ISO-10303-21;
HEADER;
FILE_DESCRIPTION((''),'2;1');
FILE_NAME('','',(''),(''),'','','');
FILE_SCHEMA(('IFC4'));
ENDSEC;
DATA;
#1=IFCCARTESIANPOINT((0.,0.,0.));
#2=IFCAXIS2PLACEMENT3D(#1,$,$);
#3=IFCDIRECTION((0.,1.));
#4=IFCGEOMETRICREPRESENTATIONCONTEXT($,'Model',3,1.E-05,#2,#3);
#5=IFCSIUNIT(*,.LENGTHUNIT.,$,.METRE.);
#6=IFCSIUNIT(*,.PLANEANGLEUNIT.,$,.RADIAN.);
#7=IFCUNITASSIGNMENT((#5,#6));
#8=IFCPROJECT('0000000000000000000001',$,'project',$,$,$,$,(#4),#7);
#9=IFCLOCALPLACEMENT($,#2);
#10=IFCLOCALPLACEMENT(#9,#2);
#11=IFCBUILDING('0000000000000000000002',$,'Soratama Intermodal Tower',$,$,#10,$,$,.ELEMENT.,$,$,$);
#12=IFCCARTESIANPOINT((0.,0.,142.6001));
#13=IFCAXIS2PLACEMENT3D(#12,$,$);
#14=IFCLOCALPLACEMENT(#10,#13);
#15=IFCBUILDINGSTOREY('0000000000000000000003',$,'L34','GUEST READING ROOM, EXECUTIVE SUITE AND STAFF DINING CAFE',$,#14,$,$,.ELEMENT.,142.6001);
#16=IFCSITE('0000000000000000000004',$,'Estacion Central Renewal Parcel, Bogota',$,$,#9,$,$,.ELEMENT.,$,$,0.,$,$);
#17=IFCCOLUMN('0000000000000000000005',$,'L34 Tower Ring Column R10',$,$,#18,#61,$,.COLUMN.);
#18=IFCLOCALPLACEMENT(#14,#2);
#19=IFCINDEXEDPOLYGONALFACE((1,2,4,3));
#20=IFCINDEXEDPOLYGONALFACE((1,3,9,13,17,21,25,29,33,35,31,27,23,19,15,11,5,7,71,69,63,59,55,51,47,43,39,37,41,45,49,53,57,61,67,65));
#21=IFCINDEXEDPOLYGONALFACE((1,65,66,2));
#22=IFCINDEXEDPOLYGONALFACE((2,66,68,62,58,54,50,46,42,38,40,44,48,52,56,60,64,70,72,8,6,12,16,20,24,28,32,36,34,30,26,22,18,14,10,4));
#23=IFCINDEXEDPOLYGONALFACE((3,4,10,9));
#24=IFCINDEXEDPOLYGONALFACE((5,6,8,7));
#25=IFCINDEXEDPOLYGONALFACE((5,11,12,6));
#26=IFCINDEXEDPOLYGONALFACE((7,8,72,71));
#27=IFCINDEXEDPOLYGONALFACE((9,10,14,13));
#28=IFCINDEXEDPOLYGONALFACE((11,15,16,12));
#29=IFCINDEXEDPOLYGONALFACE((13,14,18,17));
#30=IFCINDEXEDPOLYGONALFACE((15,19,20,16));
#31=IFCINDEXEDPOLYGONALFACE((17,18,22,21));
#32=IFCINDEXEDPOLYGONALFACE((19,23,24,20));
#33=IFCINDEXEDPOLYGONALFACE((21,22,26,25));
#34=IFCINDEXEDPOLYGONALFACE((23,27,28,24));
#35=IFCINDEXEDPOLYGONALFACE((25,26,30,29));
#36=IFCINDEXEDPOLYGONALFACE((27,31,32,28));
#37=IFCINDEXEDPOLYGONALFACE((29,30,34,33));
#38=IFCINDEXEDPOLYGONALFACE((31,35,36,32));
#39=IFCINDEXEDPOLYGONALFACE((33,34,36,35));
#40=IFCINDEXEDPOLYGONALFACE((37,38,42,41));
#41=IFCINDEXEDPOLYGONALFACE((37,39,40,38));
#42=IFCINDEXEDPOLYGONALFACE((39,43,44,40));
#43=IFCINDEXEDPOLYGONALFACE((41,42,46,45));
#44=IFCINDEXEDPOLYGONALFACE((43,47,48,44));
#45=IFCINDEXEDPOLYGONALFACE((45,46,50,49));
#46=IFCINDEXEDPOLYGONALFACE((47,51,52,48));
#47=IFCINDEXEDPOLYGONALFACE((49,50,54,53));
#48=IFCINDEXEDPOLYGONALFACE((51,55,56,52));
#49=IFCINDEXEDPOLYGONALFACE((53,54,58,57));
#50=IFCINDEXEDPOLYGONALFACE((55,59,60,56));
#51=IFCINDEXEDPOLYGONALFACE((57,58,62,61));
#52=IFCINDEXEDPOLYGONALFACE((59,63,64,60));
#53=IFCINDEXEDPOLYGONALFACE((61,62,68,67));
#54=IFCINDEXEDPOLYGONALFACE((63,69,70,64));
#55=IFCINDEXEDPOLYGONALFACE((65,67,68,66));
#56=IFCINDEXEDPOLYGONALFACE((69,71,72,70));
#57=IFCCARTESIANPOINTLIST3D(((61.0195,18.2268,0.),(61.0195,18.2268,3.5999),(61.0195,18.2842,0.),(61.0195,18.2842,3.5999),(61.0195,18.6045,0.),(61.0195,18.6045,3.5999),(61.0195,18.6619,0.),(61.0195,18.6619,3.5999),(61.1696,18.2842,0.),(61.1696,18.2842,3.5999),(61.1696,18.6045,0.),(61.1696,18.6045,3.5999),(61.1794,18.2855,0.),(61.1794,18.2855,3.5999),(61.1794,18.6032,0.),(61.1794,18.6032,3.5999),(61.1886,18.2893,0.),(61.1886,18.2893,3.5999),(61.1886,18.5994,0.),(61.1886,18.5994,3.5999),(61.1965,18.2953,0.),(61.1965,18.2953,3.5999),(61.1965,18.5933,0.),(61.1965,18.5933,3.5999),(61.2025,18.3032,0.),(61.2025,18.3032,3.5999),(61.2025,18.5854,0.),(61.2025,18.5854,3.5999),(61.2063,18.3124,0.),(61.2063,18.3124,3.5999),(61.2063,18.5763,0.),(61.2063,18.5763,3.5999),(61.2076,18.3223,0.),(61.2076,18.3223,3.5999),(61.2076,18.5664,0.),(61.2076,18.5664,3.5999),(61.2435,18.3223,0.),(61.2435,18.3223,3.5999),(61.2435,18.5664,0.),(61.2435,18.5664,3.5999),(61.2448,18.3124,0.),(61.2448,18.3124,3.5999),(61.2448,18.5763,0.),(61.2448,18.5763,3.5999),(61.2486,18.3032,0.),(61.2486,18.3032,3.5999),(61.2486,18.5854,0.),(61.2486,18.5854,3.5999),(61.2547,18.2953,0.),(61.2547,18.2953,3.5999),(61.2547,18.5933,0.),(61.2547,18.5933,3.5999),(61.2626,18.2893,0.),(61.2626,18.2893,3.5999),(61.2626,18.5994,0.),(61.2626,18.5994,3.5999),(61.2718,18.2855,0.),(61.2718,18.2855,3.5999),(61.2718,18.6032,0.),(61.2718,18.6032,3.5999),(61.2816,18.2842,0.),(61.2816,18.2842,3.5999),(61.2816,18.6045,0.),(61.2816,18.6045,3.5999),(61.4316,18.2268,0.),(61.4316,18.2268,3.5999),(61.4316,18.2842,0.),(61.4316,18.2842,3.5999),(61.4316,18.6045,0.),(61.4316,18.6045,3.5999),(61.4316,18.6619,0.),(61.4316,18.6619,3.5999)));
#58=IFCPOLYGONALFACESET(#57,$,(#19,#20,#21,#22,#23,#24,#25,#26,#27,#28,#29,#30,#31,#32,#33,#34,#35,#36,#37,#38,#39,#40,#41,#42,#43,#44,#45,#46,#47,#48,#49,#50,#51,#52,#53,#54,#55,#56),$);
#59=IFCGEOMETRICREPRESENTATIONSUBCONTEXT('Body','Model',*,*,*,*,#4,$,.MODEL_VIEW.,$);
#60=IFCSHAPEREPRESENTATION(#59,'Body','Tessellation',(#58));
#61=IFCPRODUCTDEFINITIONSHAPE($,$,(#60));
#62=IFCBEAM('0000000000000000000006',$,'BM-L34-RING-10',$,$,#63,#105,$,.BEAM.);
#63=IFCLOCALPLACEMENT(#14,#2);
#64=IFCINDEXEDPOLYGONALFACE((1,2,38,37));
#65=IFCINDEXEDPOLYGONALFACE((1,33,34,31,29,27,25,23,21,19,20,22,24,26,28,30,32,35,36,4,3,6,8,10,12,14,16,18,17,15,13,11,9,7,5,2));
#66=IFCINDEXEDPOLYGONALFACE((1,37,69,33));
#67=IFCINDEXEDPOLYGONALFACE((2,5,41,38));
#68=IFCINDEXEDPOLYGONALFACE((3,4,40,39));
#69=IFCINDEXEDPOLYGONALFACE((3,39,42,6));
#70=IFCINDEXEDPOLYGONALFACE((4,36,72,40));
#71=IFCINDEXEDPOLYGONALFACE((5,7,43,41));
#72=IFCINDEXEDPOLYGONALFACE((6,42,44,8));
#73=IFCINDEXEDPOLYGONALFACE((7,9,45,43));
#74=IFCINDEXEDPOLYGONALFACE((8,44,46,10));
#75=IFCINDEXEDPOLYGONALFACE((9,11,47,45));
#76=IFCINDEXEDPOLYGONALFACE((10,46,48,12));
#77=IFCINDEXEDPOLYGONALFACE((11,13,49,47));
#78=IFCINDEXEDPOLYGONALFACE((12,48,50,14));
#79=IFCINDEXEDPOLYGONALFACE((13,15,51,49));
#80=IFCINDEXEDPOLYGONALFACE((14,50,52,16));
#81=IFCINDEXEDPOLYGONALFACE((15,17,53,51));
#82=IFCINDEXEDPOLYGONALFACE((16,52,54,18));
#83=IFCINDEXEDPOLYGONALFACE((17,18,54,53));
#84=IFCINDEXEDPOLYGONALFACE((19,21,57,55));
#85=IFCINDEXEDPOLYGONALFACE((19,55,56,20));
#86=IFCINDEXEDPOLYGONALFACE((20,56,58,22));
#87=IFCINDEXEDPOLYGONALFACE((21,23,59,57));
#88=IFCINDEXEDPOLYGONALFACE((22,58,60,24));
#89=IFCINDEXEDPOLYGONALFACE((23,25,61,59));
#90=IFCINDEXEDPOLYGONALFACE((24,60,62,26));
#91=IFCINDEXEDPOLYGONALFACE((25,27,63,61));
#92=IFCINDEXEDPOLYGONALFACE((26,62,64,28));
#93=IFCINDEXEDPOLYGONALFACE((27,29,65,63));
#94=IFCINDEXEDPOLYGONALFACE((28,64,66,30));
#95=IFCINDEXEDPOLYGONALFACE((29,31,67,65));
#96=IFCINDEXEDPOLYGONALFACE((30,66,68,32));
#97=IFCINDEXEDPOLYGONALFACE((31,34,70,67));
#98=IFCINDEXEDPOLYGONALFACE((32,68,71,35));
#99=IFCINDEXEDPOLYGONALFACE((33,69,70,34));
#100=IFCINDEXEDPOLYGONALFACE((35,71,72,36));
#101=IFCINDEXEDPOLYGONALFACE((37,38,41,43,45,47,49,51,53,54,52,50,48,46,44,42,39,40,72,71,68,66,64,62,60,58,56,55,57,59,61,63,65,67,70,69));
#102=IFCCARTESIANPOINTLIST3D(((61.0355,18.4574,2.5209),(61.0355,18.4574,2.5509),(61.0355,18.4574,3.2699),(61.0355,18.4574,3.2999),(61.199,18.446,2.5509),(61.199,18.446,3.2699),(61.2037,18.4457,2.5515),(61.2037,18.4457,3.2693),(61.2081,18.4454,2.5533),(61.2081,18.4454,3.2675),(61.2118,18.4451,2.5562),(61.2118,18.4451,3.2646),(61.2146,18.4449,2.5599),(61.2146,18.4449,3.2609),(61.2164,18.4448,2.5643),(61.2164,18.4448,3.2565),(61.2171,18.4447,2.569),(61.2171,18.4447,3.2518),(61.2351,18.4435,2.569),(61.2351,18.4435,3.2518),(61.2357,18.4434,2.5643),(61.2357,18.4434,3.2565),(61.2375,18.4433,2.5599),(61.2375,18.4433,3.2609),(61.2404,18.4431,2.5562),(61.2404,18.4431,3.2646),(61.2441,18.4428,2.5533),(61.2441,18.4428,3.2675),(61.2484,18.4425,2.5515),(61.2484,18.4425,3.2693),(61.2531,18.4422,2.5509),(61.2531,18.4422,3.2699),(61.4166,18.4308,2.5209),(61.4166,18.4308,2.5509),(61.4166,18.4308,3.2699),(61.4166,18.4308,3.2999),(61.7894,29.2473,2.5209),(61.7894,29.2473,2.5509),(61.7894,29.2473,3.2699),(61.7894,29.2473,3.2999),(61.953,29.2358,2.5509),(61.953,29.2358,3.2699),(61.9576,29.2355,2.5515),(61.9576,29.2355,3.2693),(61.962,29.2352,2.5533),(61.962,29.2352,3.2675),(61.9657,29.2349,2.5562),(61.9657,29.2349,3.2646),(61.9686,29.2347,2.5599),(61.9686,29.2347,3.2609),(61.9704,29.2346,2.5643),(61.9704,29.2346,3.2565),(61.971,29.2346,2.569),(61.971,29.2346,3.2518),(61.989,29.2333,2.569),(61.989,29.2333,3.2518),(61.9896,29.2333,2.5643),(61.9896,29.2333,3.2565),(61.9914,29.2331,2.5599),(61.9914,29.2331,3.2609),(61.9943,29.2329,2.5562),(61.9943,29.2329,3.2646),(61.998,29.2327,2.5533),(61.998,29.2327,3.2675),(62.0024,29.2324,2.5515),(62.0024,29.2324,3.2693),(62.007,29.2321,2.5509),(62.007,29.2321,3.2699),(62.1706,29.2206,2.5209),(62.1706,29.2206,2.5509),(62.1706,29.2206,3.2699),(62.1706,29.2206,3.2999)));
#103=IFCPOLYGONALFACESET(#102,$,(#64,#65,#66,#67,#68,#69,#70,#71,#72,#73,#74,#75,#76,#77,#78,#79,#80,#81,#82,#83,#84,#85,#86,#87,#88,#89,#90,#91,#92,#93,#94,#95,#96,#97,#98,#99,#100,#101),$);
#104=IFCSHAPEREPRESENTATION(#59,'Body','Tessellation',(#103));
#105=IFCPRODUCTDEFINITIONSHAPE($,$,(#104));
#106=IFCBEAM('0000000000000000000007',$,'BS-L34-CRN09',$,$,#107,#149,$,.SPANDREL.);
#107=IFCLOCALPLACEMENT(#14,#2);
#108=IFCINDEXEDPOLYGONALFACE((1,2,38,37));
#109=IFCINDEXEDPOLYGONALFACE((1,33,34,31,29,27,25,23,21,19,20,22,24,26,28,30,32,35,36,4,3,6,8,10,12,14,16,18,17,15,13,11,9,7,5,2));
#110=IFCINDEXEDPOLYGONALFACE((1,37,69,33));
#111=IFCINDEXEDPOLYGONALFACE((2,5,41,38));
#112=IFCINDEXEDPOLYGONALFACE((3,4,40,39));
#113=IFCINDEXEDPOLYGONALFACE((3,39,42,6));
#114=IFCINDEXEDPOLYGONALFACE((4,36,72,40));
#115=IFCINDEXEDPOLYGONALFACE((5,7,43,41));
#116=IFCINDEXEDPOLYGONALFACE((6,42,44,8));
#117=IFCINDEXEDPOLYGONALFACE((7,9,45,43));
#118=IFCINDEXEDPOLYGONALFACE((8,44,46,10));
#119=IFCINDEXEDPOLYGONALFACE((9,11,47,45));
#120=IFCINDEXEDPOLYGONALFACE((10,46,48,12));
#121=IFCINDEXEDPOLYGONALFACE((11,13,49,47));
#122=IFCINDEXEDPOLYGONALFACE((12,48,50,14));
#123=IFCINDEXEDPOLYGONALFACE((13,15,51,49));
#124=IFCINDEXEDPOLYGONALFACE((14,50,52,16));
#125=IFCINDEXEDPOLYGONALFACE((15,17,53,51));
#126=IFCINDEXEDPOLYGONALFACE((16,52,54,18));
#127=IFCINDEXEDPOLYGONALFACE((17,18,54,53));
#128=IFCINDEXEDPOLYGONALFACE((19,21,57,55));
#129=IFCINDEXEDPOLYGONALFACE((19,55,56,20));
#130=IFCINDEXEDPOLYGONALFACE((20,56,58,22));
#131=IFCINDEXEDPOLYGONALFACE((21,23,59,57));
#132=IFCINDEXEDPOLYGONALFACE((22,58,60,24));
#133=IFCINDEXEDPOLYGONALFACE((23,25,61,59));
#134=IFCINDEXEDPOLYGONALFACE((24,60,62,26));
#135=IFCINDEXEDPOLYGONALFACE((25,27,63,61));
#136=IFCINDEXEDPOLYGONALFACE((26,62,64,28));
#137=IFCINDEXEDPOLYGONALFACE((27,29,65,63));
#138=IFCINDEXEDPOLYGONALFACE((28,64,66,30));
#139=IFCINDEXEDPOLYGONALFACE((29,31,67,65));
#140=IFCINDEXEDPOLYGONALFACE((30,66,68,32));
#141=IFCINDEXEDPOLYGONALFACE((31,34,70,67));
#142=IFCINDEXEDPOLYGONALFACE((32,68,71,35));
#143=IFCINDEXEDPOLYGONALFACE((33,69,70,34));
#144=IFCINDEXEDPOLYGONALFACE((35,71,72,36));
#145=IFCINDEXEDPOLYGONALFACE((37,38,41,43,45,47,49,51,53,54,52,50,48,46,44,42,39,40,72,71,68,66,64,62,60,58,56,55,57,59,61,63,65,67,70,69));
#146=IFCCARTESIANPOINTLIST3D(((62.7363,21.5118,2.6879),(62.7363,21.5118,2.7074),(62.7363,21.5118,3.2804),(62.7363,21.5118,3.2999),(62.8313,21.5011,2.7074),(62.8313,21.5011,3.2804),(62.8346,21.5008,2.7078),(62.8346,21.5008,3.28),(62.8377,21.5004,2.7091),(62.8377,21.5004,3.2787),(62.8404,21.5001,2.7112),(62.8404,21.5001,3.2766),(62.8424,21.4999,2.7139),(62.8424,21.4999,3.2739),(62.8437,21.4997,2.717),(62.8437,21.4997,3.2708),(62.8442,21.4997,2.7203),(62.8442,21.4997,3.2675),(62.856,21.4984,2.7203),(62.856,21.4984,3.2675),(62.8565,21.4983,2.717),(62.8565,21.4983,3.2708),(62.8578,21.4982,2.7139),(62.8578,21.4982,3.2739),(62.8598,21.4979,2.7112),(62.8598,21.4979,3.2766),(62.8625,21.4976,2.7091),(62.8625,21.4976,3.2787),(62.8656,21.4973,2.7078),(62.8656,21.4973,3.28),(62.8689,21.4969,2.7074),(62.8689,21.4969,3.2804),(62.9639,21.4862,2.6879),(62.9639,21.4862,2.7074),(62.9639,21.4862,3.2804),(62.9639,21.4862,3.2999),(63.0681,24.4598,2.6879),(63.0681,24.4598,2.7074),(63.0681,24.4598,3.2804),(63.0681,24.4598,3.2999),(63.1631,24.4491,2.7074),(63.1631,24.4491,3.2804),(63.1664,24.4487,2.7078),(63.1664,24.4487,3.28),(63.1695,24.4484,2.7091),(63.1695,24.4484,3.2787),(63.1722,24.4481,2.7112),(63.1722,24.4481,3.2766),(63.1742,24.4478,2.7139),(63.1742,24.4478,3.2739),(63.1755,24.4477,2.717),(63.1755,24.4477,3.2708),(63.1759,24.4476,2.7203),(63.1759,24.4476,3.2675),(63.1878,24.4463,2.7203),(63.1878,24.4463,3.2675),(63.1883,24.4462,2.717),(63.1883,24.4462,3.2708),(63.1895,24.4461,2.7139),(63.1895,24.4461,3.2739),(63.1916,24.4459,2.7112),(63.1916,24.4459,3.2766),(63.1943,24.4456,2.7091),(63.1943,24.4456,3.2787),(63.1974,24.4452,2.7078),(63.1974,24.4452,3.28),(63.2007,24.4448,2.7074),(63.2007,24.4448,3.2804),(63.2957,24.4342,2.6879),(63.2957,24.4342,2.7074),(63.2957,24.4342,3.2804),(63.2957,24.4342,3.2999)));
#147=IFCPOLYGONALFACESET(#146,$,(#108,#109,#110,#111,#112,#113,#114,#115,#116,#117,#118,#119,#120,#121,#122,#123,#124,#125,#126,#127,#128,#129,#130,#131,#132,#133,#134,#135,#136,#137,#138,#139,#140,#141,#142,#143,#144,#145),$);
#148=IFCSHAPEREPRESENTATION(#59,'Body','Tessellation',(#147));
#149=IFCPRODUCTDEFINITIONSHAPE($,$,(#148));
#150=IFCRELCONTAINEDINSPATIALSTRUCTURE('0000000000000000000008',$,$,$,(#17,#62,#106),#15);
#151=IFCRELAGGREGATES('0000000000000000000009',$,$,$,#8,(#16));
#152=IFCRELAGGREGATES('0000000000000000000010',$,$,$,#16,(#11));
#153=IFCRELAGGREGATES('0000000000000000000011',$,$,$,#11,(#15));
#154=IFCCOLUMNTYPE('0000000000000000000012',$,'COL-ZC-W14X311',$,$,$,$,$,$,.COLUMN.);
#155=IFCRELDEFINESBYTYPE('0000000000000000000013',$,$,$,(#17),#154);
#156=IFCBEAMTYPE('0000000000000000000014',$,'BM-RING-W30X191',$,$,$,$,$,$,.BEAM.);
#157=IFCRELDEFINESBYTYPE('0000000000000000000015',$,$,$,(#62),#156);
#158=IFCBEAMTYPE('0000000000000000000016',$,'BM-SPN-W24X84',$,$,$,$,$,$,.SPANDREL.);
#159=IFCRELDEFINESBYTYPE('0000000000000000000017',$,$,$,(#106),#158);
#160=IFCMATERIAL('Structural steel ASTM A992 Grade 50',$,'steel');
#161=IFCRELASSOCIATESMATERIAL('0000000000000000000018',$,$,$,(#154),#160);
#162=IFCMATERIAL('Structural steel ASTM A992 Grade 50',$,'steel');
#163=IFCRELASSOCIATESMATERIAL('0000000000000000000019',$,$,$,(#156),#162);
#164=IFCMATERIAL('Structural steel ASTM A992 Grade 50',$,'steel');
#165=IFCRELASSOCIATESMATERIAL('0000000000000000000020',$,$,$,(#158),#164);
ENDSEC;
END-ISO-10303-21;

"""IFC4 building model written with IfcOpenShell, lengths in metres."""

from ifc_helpers import new_model, si_unit, direction, frame, origin, origin_2d, place, context, subcontext, project, spatial, i_section, extrude, material, material_profile, profile_set, type_object, element, save


model = new_model("IFC4")

# Units and contexts
model_context = context("Model", 3, precision=1e-05, world=origin(), true_north=direction((0.0, 1.0)))
body_context = subcontext(model_context, "Body", "Model", "MODEL_VIEW")
ifc_project = project(units=[si_unit("LENGTHUNIT", "METRE"), si_unit("PLANEANGLEUNIT", "RADIAN")], contexts=[model_context])

# Site, building, storey
site_placement = place(None, origin())
site = spatial("IfcSite", under=ifc_project, at=site_placement, Name="Estacion Central Renewal Parcel, Bogota", CompositionType="ELEMENT", RefElevation=0.0)
building_placement = place(site_placement, origin())
building = spatial("IfcBuilding", under=site, at=building_placement, Name="Soratama Intermodal Tower", CompositionType="ELEMENT")
storey_placement = place(building_placement, frame((0.0, 0.0, 142.6001)))
storey = spatial("IfcBuildingStorey", under=building, at=storey_placement, Name="L34", Description="GUEST READING ROOM, EXECUTIVE SUITE AND STAFF DINING CAFE", CompositionType="ELEMENT", Elevation=142.6001)

# Column
ifc_material_1 = material(Name="Structural steel ASTM A992 Grade 50", Category="steel")
ifc_material_profile_1 = material_profile(ifc_material_1, i_section(OverallWidth=0.4121, OverallDepth=0.4351, WebThickness=0.0359, FlangeThickness=0.0574, FilletRadius=0.0381, at=origin_2d()), Name="W14X311")
ifc_profile_set_1 = profile_set([ifc_material_profile_1], Name="Structural steel ASTM A992 Grade 50")
column_type = type_object("IfcColumnType", Name="COL-ZC-W14X311", PredefinedType="COLUMN", material=ifc_profile_set_1)
column_placement = place(storey_placement, frame((61.2256, 18.4443, 0.0), z_axis=(0.0, 0.0, 1.0), x_axis=(1.0, 0.0, 0.0)))
element("IfcColumn", 1, at=column_placement, inside=storey, type_object=column_type, Name="L34 Tower Ring Column R10", PredefinedType="COLUMN", context=body_context, shape_type="SweptSolid", body=[
    extrude(i_section(OverallWidth=0.4121, OverallDepth=0.4351, WebThickness=0.0359, FlangeThickness=0.0574, FilletRadius=0.0381, at=origin_2d()), origin(), (0.0, 0.0, 1.0), 3.5999),
])

# Beams
ifc_material_2 = material(Name="Structural steel ASTM A992 Grade 50", Category="steel")
ifc_material_profile_2 = material_profile(ifc_material_2, i_section(OverallWidth=0.3821, OverallDepth=0.7791, WebThickness=0.0181, FlangeThickness=0.03, FilletRadius=0.0181, at=origin_2d()), Name="W30X191")
ifc_profile_set_2 = profile_set([ifc_material_profile_2], Name="Structural steel ASTM A992 Grade 50")
beam_type_1 = type_object("IfcBeamType", Name="BM-RING-W30X191", PredefinedType="BEAM", material=ifc_profile_set_2)
beam_1_placement = place(storey_placement, frame((61.2261, 18.4441, 2.9104), z_axis=(0.069702, 0.997568, 0.0), x_axis=(-0.997568, 0.069702, 0.0)))
element("IfcBeam", 2, at=beam_1_placement, inside=storey, type_object=beam_type_1, Name="BM-L34-RING-10", PredefinedType="BEAM", context=body_context, shape_type="SweptSolid", body=[
    extrude(i_section(OverallWidth=0.3821, OverallDepth=0.7791, WebThickness=0.0181, FlangeThickness=0.03, FilletRadius=0.0181, at=origin_2d()), origin(), (0.0, 0.0, 1.0), 10.8162),
])
ifc_material_3 = material(Name="Structural steel ASTM A992 Grade 50", Category="steel")
ifc_material_profile_3 = material_profile(ifc_material_3, i_section(OverallWidth=0.229, OverallDepth=0.6121, WebThickness=0.012, FlangeThickness=0.0195, FilletRadius=0.0129, at=origin_2d()), Name="W24X84")
ifc_profile_set_3 = profile_set([ifc_material_profile_3], Name="Structural steel ASTM A992 Grade 50")
beam_type_2 = type_object("IfcBeamType", Name="BM-SPN-W24X84", PredefinedType="SPANDREL", material=ifc_profile_set_3)
beam_2_placement = place(storey_placement, frame((62.8501, 21.499, 2.9939), z_axis=(0.11184, 0.993726, 0.0), x_axis=(-0.993726, 0.11184, 0.0)))
element("IfcBeam", 3, at=beam_2_placement, inside=storey, type_object=beam_type_2, Name="BS-L34-CRN09", PredefinedType="SPANDREL", context=body_context, shape_type="SweptSolid", body=[
    extrude(i_section(OverallWidth=0.229, OverallDepth=0.6121, WebThickness=0.012, FlangeThickness=0.0195, FilletRadius=0.0129, at=origin_2d()), origin(), (0.0, 0.0, 1.0), 2.9666),
])

save(model, "model.ifc")
